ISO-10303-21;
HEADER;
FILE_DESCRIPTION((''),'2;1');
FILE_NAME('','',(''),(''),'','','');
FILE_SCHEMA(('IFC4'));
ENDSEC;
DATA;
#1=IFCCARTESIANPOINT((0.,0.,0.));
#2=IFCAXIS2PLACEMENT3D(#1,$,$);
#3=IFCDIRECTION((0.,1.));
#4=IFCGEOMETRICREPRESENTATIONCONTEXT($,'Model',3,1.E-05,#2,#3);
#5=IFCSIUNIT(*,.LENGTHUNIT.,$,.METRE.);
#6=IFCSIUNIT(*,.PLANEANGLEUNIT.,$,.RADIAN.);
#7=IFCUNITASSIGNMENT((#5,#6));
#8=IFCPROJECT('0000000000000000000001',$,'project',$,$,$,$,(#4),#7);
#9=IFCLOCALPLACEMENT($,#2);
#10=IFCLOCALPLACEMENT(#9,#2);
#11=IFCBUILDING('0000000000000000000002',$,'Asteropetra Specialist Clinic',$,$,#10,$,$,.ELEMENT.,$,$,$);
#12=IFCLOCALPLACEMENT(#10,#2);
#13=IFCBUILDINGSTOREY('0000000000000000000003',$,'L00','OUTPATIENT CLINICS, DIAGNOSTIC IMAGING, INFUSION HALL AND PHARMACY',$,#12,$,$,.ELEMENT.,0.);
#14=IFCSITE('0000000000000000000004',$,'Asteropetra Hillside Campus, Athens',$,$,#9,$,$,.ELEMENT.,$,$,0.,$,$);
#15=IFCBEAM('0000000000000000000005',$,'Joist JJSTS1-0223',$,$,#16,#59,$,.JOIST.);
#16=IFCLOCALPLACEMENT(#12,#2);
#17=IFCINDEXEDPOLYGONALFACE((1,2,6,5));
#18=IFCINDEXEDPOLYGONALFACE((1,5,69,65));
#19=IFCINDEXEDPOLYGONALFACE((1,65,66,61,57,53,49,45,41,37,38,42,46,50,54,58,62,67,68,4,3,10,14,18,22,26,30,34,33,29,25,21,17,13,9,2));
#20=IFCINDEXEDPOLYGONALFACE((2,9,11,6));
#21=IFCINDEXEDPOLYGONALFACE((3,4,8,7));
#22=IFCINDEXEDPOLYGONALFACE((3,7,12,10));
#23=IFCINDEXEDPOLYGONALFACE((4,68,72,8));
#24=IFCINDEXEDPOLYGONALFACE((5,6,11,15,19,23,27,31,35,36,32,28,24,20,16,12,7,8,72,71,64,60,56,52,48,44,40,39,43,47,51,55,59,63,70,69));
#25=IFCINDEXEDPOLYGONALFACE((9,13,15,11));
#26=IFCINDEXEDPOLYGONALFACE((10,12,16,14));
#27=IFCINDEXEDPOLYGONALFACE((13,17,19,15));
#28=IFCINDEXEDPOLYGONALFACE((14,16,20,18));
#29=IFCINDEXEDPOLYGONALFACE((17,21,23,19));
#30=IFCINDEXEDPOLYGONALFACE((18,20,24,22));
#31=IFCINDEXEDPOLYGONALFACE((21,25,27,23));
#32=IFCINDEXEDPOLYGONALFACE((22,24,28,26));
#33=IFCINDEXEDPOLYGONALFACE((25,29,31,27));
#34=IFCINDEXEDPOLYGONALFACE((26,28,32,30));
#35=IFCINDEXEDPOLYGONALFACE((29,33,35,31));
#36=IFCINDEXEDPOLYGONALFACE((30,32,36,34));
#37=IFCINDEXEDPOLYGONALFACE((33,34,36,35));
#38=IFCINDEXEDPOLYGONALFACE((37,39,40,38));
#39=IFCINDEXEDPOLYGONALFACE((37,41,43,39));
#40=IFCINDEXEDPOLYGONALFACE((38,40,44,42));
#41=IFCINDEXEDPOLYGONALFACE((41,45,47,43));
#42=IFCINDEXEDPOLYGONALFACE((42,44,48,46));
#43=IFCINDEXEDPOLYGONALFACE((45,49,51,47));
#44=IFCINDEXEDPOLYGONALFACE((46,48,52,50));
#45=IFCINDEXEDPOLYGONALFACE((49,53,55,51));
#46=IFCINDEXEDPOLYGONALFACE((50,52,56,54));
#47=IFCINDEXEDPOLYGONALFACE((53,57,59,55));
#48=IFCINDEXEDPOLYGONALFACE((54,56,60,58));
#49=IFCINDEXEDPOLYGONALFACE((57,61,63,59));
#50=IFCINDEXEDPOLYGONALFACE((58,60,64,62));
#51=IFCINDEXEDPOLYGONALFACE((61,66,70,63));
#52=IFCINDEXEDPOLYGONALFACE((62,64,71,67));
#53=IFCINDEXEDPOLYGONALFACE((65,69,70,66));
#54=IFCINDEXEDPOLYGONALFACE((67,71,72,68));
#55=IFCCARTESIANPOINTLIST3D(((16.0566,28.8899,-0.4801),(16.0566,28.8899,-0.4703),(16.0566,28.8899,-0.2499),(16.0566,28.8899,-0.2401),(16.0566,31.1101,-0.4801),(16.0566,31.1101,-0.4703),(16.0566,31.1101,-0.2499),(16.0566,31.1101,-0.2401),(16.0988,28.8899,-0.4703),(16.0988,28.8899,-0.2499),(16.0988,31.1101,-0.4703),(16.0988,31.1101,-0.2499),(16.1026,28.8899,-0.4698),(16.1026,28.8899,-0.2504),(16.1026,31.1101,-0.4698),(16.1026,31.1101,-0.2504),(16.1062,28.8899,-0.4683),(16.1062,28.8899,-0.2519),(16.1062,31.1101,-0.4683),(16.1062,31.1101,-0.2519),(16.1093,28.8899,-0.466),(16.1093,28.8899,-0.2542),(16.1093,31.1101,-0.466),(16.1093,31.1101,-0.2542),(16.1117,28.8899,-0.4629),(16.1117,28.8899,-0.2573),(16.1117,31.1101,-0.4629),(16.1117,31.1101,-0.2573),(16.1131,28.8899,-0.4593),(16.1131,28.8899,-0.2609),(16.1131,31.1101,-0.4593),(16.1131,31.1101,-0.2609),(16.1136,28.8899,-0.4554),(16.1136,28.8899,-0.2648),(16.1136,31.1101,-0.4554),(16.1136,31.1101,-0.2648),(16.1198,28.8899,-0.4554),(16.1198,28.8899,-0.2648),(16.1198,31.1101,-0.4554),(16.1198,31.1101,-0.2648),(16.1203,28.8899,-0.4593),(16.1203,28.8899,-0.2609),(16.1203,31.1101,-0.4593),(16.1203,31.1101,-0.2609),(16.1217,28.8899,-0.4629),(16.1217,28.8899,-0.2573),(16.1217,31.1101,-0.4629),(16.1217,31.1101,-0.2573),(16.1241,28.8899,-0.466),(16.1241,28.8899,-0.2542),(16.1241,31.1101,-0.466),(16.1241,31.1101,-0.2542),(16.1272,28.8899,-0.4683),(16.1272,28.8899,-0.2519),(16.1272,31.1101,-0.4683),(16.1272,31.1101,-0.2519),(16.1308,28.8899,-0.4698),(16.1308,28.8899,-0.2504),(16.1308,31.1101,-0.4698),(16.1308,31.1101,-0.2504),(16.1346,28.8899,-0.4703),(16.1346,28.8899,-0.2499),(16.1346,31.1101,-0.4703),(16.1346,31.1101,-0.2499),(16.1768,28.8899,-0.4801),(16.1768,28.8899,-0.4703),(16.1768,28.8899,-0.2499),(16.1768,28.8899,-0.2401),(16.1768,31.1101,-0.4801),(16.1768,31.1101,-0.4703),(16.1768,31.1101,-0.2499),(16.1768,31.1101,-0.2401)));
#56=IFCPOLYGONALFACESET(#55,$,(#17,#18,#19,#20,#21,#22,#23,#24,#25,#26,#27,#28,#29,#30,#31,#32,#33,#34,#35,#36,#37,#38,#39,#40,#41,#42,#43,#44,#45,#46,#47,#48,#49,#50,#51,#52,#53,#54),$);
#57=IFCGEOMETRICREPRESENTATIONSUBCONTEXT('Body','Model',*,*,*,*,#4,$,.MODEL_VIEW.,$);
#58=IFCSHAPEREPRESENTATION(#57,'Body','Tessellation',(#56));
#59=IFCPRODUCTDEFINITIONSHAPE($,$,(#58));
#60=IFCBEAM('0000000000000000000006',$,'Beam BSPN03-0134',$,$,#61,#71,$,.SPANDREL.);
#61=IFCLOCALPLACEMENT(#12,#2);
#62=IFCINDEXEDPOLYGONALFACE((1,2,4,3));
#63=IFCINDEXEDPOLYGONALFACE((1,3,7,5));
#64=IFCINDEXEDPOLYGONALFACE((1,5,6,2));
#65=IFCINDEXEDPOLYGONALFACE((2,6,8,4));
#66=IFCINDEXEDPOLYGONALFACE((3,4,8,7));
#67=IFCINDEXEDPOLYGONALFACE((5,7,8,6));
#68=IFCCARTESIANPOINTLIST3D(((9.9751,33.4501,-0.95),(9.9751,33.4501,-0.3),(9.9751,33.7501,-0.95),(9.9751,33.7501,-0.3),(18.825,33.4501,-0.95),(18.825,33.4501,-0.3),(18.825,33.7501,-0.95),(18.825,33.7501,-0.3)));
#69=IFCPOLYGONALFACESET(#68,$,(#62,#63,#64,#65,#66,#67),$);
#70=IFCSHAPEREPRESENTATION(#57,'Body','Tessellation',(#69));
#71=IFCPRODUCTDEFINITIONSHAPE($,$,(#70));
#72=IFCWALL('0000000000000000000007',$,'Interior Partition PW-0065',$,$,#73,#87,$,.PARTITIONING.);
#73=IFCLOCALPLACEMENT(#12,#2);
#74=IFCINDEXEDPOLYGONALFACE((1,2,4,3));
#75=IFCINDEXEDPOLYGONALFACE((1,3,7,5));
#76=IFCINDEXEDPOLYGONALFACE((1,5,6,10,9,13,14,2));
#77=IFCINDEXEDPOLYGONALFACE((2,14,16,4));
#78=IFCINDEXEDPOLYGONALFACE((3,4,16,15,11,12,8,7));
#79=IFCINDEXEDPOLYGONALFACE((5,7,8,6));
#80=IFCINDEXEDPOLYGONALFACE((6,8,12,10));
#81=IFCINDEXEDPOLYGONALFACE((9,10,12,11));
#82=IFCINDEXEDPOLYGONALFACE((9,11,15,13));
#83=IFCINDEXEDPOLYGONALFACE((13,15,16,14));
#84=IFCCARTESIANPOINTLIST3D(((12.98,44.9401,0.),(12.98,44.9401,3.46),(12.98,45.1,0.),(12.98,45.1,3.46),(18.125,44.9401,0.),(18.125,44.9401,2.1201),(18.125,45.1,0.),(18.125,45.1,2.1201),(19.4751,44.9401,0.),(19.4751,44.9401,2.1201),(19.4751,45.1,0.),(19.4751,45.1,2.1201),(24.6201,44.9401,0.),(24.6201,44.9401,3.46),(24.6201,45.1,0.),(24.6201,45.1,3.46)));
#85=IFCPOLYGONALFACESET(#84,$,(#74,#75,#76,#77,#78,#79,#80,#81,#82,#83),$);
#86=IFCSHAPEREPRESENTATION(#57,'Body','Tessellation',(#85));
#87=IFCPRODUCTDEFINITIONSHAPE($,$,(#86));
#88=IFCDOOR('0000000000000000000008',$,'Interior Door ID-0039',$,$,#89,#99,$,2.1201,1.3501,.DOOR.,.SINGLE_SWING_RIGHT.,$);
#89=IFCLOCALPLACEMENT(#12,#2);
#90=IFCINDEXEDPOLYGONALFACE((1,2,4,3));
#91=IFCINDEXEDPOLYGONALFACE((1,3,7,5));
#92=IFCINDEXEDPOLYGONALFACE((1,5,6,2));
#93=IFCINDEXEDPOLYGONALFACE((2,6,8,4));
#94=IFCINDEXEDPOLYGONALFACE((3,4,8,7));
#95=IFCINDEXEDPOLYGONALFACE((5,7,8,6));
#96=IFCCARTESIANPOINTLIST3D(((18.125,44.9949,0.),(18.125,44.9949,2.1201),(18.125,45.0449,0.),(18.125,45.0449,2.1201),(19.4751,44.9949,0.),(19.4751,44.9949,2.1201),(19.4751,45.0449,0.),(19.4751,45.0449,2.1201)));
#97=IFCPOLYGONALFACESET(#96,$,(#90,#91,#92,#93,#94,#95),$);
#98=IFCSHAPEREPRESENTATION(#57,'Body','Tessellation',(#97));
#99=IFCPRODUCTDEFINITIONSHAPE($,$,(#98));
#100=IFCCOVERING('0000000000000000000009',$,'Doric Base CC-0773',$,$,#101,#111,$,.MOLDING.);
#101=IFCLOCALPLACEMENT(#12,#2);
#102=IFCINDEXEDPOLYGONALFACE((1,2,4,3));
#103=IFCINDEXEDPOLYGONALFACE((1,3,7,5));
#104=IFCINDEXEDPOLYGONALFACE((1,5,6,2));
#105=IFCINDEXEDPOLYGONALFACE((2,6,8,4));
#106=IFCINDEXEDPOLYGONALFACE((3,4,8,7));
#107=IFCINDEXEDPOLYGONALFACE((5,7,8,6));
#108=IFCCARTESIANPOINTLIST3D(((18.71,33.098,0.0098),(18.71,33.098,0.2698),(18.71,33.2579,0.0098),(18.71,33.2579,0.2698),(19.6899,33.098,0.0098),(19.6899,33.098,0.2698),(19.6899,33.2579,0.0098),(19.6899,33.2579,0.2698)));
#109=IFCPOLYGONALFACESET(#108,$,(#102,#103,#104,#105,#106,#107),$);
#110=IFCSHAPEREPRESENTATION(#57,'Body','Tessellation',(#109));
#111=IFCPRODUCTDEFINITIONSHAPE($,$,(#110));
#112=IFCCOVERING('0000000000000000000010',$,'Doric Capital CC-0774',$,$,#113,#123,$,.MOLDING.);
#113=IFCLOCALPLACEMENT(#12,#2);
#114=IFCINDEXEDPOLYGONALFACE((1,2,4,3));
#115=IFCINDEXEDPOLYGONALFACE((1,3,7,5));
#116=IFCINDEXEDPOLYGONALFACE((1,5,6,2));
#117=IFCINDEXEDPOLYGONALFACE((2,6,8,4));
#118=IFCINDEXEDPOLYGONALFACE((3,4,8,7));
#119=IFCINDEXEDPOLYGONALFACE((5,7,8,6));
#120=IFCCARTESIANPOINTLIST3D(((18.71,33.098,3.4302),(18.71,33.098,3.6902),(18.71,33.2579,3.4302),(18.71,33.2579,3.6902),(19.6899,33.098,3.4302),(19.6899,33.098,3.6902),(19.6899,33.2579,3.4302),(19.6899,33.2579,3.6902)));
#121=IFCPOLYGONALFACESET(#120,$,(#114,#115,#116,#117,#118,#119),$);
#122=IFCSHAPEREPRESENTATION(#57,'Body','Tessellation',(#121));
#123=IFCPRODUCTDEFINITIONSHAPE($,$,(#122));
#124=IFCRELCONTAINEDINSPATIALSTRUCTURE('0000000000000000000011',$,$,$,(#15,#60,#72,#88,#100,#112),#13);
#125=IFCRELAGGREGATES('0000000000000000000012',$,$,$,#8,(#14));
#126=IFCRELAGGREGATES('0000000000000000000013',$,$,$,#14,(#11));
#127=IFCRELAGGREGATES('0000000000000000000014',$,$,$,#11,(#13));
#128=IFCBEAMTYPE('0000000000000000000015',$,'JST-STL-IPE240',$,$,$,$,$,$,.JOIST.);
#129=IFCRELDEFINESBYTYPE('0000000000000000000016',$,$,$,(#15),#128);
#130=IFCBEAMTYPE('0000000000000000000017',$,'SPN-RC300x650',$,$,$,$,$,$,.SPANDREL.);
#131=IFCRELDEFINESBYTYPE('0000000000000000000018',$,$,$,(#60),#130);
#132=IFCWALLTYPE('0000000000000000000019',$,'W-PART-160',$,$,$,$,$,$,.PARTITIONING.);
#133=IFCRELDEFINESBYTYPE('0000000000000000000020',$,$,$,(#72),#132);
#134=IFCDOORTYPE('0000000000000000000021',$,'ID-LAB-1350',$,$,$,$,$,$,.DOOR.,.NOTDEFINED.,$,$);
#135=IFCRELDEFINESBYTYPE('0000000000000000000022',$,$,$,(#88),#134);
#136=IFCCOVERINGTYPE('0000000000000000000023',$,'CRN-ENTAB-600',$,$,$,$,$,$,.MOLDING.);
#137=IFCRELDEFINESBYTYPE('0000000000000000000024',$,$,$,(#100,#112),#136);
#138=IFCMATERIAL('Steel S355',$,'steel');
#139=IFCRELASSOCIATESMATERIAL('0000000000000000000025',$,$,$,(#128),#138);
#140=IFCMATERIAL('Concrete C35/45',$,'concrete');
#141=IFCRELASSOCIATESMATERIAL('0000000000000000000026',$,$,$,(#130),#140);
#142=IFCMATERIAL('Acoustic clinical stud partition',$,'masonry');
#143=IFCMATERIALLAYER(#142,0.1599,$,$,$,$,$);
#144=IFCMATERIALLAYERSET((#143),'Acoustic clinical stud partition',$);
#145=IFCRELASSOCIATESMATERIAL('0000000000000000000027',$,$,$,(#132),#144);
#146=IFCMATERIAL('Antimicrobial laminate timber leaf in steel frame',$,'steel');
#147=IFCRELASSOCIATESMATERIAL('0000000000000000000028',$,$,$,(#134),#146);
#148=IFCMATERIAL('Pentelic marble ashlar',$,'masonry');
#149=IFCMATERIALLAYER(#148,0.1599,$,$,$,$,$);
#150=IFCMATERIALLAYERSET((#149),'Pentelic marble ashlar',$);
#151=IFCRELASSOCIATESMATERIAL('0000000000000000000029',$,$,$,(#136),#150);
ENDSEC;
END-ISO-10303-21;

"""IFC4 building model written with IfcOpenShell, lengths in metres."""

from ifc_helpers import new_model, si_unit, direction, frame, frame_2d, origin, origin_2d, place, context, subcontext, project, spatial, rectangle, i_section, extrude, material, layer, layer_set, material_profile, profile_set, type_object, element, fill, save


model = new_model("IFC4")

# Units and contexts
model_context = context("Model", 3, precision=1e-05, world=origin(), true_north=direction((0.0, 1.0)))
body_context = subcontext(model_context, "Body", "Model", "MODEL_VIEW")
ifc_project = project(units=[si_unit("LENGTHUNIT", "METRE"), si_unit("PLANEANGLEUNIT", "RADIAN")], contexts=[model_context])

# Site, building, storey
site_placement = place(None, origin())
site = spatial("IfcSite", under=ifc_project, at=site_placement, Name="Asteropetra Hillside Campus, Athens", CompositionType="ELEMENT", RefElevation=0.0)
building_placement = place(site_placement, origin())
building = spatial("IfcBuilding", under=site, at=building_placement, Name="Asteropetra Specialist Clinic", CompositionType="ELEMENT")
storey_placement = place(building_placement, origin())
storey = spatial("IfcBuildingStorey", under=building, at=storey_placement, Name="L00", Description="OUTPATIENT CLINICS, DIAGNOSTIC IMAGING, INFUSION HALL AND PHARMACY", CompositionType="ELEMENT", Elevation=0.0)

# Beams
ifc_material_1 = material(Name="Steel S355", Category="steel")
ifc_material_profile_1 = material_profile(ifc_material_1, i_section(OverallWidth=0.1201, OverallDepth=0.24, WebThickness=0.0061, FlangeThickness=0.0098, FilletRadius=0.0149, at=origin_2d()), Name="IPE 240")
ifc_profile_set_1 = profile_set([ifc_material_profile_1], Name="Steel S355")
beam_type_1 = type_object("IfcBeamType", Name="JST-STL-IPE240", PredefinedType="JOIST", material=ifc_profile_set_1)
for number, where, z_axis, x_axis, name in (
    (1, (16.1167, 28.8899, -0.3601), (0.0, 1.0, 0.0), (-1.0, 0.0, 0.0), "Joist JJSTS1-0223"),
):
    element("IfcBeam", number, at=place(storey_placement, frame(where, z_axis=z_axis, x_axis=x_axis)), inside=storey, type_object=beam_type_1, Name=name, PredefinedType="JOIST", context=body_context, shape_type="SweptSolid", body=[
        extrude(i_section(OverallWidth=0.1201, OverallDepth=0.24, WebThickness=0.0061, FlangeThickness=0.0098, FilletRadius=0.0149, at=origin_2d()), origin(), (0.0, 0.0, 1.0), 2.2202),
    ])
ifc_material_2 = material(Name="Concrete C35/45", Category="concrete")
ifc_material_profile_2 = material_profile(ifc_material_2, rectangle(XDim=0.3, YDim=0.6499, at=origin_2d()), Name="RCS 300x650")
ifc_profile_set_2 = profile_set([ifc_material_profile_2], Name="Concrete C35/45")
beam_type_2 = type_object("IfcBeamType", Name="SPN-RC300x650", PredefinedType="SPANDREL", material=ifc_profile_set_2)
beam_1_placement = place(storey_placement, frame((9.9751, 33.6001, -0.625), z_axis=(1.0, 0.0, 0.0), x_axis=(0.0, 1.0, 0.0)))
element("IfcBeam", 2, at=beam_1_placement, inside=storey, type_object=beam_type_2, Name="Beam BSPN03-0134", PredefinedType="SPANDREL", context=body_context, shape_type="SweptSolid", body=[
    extrude(rectangle(XDim=0.3, YDim=0.6499, at=origin_2d()), origin(), (0.0, 0.0, 1.0), 8.8499),
])

# Wall, opening, door
ifc_material_3 = material(Name="Acoustic clinical stud partition", Category="masonry")
ifc_layer_1 = layer(ifc_material_3, 0.1599)
ifc_layer_set_1 = layer_set([ifc_layer_1], Name="Acoustic clinical stud partition")
wall_type = type_object("IfcWallType", Name="W-PART-160", PredefinedType="PARTITIONING", material=ifc_layer_set_1)
wall_placement = place(storey_placement, frame((12.98, 45.02, 0.0), z_axis=(0.0, 0.0, 1.0), x_axis=(1.0, 0.0, 0.0)))
wall = element("IfcWall", 3, at=wall_placement, inside=storey, type_object=wall_type, Name="Interior Partition PW-0065", PredefinedType="PARTITIONING", context=body_context, shape_type="SweptSolid", body=[
    extrude(rectangle(XDim=11.6401, YDim=0.1599, at=frame_2d((5.8201, 0.0))), origin(), (0.0, 0.0, 1.0), 3.46),
])
opening_placement = place(wall_placement, frame((5.145, 0.0, 0.0)))
opening = element("IfcOpeningElement", 4, at=opening_placement, cuts=wall, PredefinedType="OPENING", context=body_context, shape_type="SweptSolid", body=[
    extrude(rectangle(XDim=1.3501, YDim=2.1201, at=frame_2d((0.675, 1.0601))), frame((0.0, 0.0898, 0.0), z_axis=(0.0, -1.0, 0.0), x_axis=(1.0, 0.0, 0.0)), (0.0, 0.0, 1.0), 0.1799),
])
ifc_material_4 = material(Name="Antimicrobial laminate timber leaf in steel frame", Category="steel")
door_type = type_object("IfcDoorType", Name="ID-LAB-1350", OperationType="NOTDEFINED", PredefinedType="DOOR", material=ifc_material_4)
door_placement = place(opening_placement, origin())
door = element("IfcDoor", 5, at=door_placement, inside=storey, type_object=door_type, Name="Interior Door ID-0039", OperationType="SINGLE_SWING_RIGHT", OverallHeight=2.1201, OverallWidth=1.3501, PredefinedType="DOOR", context=body_context, shape_type="SweptSolid", body=[
    extrude(rectangle(XDim=1.3501, YDim=2.1201, at=frame_2d((0.675, 1.0601))), frame((0.0, 0.0249, 0.0), z_axis=(0.0, -1.0, 0.0), x_axis=(1.0, 0.0, 0.0)), (0.0, 0.0, 1.0), 0.05),
])
fill(opening, door)

# Coverings
ifc_material_5 = material(Name="Pentelic marble ashlar", Category="masonry")
ifc_layer_2 = layer(ifc_material_5, 0.1599)
ifc_layer_set_2 = layer_set([ifc_layer_2], Name="Pentelic marble ashlar")
covering_type = type_object("IfcCoveringType", Name="CRN-ENTAB-600", PredefinedType="MOLDING", material=ifc_layer_set_2)
for number, where, z_axis, x_axis, name in (
    (6, (19.2, 33.178, 0.0098), (0.0, 0.0, 1.0), (1.0, 0.0, 0.0), "Doric Base CC-0773"),
    (7, (19.2, 33.178, 3.4302), (0.0, 0.0, 1.0), (1.0, 0.0, 0.0), "Doric Capital CC-0774"),
):
    element("IfcCovering", number, at=place(storey_placement, frame(where, z_axis=z_axis, x_axis=x_axis)), inside=storey, type_object=covering_type, Name=name, PredefinedType="MOLDING", context=body_context, shape_type="SweptSolid", body=[
        extrude(rectangle(XDim=0.98, YDim=0.1599, at=origin_2d()), origin(), (0.0, 0.0, 1.0), 0.26),
    ])

save(model, "model.ifc")
